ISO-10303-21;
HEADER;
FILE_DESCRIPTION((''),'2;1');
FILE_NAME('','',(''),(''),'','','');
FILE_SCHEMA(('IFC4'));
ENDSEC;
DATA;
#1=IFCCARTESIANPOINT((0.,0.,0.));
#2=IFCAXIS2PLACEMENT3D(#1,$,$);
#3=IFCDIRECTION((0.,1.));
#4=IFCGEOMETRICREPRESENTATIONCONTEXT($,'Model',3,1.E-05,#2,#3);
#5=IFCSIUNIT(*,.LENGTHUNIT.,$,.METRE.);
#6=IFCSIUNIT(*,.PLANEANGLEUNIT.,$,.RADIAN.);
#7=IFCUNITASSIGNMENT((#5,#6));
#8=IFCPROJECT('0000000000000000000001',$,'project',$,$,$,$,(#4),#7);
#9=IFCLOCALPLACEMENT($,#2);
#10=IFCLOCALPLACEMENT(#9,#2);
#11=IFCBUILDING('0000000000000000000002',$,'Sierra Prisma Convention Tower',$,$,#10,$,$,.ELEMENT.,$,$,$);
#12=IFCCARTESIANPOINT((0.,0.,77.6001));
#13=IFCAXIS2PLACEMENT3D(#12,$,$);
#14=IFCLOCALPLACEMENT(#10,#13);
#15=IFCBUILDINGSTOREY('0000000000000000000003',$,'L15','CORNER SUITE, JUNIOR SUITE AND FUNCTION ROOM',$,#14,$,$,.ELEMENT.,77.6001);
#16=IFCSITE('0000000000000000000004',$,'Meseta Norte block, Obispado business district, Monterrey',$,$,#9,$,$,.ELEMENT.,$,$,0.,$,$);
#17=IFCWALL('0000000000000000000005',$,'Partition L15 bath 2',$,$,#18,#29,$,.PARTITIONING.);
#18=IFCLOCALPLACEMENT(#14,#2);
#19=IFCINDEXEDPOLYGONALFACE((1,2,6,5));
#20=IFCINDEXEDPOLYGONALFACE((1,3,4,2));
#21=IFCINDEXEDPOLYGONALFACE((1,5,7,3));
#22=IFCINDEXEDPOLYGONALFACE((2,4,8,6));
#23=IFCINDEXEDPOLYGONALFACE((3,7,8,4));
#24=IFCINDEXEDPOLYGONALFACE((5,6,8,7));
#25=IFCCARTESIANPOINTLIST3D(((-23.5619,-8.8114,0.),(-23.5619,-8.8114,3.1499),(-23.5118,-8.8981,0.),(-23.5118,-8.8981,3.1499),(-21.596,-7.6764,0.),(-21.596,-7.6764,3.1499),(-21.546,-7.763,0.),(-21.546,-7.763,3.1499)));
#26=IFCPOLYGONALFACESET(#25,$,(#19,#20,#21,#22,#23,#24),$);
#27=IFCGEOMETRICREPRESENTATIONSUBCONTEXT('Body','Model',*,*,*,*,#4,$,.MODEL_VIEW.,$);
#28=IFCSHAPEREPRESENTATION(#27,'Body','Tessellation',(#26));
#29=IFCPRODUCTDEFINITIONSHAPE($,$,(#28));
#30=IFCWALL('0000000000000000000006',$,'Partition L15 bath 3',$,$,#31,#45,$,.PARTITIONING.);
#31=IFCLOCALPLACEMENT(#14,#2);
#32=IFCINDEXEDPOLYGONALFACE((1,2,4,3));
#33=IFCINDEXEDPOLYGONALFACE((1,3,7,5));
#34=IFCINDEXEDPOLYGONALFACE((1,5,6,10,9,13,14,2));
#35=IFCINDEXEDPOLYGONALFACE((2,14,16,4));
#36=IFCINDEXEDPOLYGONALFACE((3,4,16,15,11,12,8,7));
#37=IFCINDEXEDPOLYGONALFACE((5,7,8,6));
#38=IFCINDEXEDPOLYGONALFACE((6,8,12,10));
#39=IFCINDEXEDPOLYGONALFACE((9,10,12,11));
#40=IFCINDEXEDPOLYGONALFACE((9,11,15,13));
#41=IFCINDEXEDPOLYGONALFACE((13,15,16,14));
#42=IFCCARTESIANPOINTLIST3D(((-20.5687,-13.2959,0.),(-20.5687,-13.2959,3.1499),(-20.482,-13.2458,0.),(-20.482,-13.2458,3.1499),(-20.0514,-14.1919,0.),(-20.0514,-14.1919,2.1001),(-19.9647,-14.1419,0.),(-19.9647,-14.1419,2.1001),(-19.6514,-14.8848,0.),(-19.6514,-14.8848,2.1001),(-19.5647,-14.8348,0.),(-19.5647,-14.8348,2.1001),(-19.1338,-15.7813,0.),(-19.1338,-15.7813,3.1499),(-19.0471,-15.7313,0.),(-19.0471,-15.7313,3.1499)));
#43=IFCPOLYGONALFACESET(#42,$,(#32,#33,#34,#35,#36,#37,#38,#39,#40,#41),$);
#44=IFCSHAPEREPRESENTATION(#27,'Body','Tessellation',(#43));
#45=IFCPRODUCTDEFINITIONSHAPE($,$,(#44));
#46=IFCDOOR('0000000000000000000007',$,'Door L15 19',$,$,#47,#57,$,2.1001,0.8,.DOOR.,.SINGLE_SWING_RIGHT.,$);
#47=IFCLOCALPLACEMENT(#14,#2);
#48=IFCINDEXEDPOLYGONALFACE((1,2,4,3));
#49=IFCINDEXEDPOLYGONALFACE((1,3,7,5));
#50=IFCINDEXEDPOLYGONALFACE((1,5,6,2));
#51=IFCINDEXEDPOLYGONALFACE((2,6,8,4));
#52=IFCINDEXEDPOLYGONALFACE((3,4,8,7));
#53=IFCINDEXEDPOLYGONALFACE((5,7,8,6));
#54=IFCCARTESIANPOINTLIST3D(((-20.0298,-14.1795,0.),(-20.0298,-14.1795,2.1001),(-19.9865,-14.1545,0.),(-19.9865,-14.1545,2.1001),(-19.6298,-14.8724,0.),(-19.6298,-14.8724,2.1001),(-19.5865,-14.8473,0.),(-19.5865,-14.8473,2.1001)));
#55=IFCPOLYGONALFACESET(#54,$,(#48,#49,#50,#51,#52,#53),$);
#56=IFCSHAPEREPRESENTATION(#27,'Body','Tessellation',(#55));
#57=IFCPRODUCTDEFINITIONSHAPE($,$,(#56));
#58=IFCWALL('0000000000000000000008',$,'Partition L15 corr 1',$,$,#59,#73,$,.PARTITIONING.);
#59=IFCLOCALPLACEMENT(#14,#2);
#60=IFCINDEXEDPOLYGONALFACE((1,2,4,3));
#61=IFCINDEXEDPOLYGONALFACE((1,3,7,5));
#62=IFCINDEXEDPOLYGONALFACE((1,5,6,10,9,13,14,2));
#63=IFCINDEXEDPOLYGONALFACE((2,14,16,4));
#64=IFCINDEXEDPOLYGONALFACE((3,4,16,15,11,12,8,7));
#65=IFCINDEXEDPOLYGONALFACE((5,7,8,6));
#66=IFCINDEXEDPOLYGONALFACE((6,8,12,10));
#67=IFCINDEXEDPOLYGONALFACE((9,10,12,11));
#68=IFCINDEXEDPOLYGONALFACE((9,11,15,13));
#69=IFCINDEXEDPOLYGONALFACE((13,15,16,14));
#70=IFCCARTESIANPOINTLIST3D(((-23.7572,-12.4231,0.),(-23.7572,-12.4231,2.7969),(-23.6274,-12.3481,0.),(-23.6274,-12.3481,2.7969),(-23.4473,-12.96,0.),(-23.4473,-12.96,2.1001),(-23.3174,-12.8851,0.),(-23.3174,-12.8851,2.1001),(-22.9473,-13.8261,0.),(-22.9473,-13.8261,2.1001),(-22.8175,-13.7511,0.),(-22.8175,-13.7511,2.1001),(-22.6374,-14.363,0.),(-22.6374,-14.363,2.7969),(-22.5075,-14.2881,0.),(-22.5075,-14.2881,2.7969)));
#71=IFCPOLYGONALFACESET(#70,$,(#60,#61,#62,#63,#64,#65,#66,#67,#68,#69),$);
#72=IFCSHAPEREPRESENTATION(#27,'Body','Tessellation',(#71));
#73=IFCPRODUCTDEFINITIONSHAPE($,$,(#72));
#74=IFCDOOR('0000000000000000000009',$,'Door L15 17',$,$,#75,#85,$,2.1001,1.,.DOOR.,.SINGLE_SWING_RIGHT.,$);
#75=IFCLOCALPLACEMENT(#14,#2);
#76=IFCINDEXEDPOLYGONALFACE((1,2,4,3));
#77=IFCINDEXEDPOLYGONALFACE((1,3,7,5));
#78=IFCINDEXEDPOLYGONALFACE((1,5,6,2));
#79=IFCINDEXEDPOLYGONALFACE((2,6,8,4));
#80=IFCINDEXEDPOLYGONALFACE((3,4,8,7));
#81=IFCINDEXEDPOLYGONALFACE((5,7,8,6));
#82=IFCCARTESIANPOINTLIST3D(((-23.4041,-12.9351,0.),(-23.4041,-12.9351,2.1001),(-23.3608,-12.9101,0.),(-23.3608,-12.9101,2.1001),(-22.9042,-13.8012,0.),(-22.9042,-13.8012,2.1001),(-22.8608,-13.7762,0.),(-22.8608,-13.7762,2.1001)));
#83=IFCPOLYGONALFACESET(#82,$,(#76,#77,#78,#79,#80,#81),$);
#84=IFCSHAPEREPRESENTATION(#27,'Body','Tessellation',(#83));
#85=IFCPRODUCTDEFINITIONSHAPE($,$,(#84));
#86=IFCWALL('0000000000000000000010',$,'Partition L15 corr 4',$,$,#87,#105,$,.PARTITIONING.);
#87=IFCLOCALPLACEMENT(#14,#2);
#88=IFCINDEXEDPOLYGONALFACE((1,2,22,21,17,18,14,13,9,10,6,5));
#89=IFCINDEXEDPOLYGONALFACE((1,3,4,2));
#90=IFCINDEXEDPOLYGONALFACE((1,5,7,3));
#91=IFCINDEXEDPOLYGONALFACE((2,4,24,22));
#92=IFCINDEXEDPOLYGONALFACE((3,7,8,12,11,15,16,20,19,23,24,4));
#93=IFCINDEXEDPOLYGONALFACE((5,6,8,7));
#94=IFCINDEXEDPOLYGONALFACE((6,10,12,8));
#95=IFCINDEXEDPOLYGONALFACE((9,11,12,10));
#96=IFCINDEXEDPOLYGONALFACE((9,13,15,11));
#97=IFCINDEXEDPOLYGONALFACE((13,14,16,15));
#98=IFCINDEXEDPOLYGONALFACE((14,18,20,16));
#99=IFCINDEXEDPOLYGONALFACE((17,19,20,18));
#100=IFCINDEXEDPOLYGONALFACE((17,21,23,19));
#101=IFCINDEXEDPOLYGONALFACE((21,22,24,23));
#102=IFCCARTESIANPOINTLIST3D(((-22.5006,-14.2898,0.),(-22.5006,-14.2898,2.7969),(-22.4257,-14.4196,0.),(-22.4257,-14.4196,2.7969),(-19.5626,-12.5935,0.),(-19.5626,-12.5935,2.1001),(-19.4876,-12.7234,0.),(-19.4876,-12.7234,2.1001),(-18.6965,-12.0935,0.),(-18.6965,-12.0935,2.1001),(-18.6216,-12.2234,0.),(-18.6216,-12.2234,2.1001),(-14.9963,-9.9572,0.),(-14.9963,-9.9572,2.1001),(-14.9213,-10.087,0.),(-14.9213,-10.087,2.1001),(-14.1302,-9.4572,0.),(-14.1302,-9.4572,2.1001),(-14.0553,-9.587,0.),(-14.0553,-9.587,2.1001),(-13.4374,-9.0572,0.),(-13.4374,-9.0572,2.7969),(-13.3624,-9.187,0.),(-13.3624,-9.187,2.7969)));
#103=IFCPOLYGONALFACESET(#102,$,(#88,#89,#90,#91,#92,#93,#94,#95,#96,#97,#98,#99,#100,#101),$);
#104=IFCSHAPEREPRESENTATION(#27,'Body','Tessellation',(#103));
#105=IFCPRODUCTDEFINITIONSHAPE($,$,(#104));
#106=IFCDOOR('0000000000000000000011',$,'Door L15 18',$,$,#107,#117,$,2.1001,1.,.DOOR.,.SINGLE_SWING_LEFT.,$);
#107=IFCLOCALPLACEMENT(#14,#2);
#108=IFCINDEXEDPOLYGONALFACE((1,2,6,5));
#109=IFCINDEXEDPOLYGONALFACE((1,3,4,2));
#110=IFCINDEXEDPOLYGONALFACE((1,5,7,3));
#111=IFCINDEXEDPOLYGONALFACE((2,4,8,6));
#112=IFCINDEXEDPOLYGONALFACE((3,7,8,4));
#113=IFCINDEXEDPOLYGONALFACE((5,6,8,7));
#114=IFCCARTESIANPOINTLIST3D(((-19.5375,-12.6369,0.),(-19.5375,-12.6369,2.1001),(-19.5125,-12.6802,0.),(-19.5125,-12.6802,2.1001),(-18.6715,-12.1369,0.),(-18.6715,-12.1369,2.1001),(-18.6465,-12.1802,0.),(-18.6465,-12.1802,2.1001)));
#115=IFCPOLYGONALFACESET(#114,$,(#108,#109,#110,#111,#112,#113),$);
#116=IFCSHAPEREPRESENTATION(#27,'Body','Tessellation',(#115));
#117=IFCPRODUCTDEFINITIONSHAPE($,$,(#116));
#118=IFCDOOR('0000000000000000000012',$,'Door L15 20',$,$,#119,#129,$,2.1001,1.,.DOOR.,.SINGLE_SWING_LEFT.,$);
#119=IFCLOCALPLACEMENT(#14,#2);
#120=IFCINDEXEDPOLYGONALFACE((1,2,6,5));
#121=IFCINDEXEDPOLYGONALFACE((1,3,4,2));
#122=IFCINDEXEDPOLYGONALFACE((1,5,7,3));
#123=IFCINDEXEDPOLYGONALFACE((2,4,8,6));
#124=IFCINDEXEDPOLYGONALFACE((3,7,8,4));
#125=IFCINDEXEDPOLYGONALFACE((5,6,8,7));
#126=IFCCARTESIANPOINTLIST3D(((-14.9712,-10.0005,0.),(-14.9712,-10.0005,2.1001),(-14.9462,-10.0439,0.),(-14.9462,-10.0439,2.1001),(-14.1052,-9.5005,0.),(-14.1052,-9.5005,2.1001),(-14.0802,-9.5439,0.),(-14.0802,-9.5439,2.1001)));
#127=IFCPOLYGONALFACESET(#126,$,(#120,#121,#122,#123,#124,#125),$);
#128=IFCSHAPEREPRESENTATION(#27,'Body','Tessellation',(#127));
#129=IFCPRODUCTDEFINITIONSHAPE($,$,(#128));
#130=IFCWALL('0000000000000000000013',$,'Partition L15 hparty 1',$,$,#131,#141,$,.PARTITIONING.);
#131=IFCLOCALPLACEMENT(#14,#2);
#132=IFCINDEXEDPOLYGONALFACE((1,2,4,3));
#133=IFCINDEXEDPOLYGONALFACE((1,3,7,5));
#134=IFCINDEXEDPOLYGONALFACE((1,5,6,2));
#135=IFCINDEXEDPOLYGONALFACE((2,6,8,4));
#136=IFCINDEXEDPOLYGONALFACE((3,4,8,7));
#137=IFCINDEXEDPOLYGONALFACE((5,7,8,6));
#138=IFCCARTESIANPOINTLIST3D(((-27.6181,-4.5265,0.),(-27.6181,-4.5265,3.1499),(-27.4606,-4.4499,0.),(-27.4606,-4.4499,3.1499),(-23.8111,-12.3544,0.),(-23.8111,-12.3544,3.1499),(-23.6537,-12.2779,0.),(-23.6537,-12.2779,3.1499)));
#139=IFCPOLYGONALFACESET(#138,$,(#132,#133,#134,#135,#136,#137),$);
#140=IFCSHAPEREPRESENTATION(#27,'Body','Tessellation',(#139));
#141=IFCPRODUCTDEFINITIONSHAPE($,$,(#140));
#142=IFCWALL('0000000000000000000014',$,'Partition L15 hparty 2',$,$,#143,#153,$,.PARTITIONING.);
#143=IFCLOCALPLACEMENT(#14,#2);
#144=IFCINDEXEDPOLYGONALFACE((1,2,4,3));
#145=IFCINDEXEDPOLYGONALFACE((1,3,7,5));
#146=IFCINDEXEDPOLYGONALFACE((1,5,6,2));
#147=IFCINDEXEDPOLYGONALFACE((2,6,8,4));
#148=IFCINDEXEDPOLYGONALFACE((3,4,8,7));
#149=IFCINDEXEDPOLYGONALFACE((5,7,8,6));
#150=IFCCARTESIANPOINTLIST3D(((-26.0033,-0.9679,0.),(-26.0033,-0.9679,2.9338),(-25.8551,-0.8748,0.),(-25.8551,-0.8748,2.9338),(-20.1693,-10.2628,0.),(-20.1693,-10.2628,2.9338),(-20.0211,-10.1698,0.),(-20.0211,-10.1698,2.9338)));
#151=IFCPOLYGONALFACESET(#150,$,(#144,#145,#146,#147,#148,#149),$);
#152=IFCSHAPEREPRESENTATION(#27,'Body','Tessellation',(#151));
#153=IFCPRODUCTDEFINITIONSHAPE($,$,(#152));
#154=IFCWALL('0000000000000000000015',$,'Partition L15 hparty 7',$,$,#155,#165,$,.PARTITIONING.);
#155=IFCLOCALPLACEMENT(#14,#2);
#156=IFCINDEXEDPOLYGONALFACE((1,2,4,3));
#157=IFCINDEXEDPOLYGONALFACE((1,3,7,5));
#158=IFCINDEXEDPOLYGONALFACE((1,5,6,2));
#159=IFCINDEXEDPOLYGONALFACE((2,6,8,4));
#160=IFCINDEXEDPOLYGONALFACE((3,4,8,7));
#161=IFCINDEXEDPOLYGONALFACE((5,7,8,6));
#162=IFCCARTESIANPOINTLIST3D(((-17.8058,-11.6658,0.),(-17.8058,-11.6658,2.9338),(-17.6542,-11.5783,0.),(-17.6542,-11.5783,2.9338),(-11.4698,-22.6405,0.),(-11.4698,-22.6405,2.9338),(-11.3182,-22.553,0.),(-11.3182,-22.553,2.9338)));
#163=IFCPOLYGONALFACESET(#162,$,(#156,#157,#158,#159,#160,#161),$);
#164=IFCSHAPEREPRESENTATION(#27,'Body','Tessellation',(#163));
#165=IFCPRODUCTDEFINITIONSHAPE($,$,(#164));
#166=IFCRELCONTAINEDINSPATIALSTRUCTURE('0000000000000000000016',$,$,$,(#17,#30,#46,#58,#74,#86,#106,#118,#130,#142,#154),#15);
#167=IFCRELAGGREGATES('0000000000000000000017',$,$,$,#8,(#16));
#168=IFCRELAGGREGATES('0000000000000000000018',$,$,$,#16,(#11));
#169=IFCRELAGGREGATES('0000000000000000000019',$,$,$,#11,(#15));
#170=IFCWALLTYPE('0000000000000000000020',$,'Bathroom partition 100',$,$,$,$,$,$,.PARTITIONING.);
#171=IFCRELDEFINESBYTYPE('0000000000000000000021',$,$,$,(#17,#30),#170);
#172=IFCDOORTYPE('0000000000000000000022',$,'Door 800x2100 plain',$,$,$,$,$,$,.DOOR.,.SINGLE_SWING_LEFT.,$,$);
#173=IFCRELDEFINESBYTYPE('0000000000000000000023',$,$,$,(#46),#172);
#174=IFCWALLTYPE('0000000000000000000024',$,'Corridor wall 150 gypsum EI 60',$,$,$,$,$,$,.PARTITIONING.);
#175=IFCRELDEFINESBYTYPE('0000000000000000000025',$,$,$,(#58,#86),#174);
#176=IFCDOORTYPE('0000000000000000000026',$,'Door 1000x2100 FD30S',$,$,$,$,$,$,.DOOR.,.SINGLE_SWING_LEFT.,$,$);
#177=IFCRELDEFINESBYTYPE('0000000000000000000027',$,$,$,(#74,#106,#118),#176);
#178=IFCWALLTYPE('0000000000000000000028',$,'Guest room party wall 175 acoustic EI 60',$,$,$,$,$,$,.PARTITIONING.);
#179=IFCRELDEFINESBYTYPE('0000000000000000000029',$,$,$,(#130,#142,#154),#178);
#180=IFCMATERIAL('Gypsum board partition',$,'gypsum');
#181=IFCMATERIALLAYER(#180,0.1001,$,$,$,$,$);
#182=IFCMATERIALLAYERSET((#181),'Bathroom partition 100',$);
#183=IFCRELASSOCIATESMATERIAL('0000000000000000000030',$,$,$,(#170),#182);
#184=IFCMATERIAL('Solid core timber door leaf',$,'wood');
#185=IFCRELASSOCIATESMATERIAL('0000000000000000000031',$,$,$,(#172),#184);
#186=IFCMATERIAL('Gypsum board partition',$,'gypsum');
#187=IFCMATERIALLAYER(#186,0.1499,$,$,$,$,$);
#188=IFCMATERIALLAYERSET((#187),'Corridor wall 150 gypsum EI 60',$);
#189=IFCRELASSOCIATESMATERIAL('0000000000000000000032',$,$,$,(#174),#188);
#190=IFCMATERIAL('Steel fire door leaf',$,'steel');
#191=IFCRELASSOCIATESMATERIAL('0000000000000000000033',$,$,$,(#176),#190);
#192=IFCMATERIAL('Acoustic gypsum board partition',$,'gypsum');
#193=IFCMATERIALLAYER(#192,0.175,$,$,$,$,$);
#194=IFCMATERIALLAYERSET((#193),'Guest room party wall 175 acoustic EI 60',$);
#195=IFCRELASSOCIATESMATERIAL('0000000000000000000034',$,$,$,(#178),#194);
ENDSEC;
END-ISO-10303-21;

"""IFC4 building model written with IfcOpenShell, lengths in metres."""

from ifc_helpers import new_model, si_unit, direction, frame, frame_2d, origin, place, context, subcontext, project, spatial, rectangle, extrude, material, layer, layer_set, type_object, element, fill, save


model = new_model("IFC4")

# Units and contexts
model_context = context("Model", 3, precision=1e-05, world=origin(), true_north=direction((0.0, 1.0)))
body_context = subcontext(model_context, "Body", "Model", "MODEL_VIEW")
ifc_project = project(units=[si_unit("LENGTHUNIT", "METRE"), si_unit("PLANEANGLEUNIT", "RADIAN")], contexts=[model_context])

# Site, building, storey
site_placement = place(None, origin())
site = spatial("IfcSite", under=ifc_project, at=site_placement, Name="Meseta Norte block, Obispado business district, Monterrey", CompositionType="ELEMENT", RefElevation=0.0)
building_placement = place(site_placement, origin())
building = spatial("IfcBuilding", under=site, at=building_placement, Name="Sierra Prisma Convention Tower", CompositionType="ELEMENT")
storey_placement = place(building_placement, frame((0.0, 0.0, 77.6001)))
storey = spatial("IfcBuildingStorey", under=building, at=storey_placement, Name="L15", Description="CORNER SUITE, JUNIOR SUITE AND FUNCTION ROOM", CompositionType="ELEMENT", Elevation=77.6001)

# Shared definitions
ifc_material_1 = material(Name="Gypsum board partition", Category="gypsum")
ifc_layer_1 = layer(ifc_material_1, 0.1001)
ifc_layer_set_1 = layer_set([ifc_layer_1], Name="Bathroom partition 100")
wall_type_1 = type_object("IfcWallType", Name="Bathroom partition 100", PredefinedType="PARTITIONING", material=ifc_layer_set_1)
ifc_material_2 = material(Name="Solid core timber door leaf", Category="wood")
door_type_1 = type_object("IfcDoorType", Name="Door 800x2100 plain", OperationType="SINGLE_SWING_LEFT", PredefinedType="DOOR", material=ifc_material_2)

# Wall
wall_1_placement = place(storey_placement, frame((-23.5369, -8.8547, 0.0), z_axis=(0.0, 0.0, 1.0), x_axis=(0.866017, 0.500014, 0.0)))
element("IfcWall", 1, at=wall_1_placement, inside=storey, type_object=wall_type_1, Name="Partition L15 bath 2", PredefinedType="PARTITIONING", context=body_context, shape_type="SweptSolid", body=[
    extrude(rectangle(XDim=2.27, YDim=0.1001, at=frame_2d((1.135, 0.0))), origin(), (0.0, 0.0, 1.0), 3.1499),
])

# Walls, openings, doors
wall_2_placement = place(storey_placement, frame((-20.5254, -13.2708, 0.0), z_axis=(0.0, 0.0, 1.0), x_axis=(0.499973, -0.866041, 0.0)))
wall_2 = element("IfcWall", 2, at=wall_2_placement, inside=storey, type_object=wall_type_1, Name="Partition L15 bath 3", PredefinedType="PARTITIONING", context=body_context, shape_type="SweptSolid", body=[
    extrude(rectangle(XDim=2.8699, YDim=0.1001, at=frame_2d((1.4351, 0.0))), origin(), (0.0, 0.0, 1.0), 3.1499),
])
opening_1_placement = place(wall_2_placement, frame((1.0349, 0.0, 0.0)))
opening_1 = element("IfcOpeningElement", 3, at=opening_1_placement, cuts=wall_2, PredefinedType="OPENING", context=body_context, shape_type="SweptSolid", body=[
    extrude(rectangle(XDim=0.8, YDim=2.1001, at=frame_2d((0.3999, 1.05))), frame((0.0, 0.05, 0.0), z_axis=(0.0, -1.0, 0.0), x_axis=(1.0, 0.0, 0.0)), (0.0, 0.0, 1.0), 0.1001),
])
door_1_placement = place(opening_1_placement, origin())
door_1 = element("IfcDoor", 4, at=door_1_placement, inside=storey, type_object=door_type_1, Name="Door L15 19", OperationType="SINGLE_SWING_RIGHT", OverallHeight=2.1001, OverallWidth=0.8, PredefinedType="DOOR", context=body_context, shape_type="SweptSolid", body=[
    extrude(rectangle(XDim=0.8, YDim=2.1001, at=frame_2d((0.3999, 1.05))), frame((0.0, 0.0249, 0.0), z_axis=(0.0, -1.0, 0.0), x_axis=(1.0, 0.0, 0.0)), (0.0, 0.0, 1.0), 0.05),
])
fill(opening_1, door_1)
ifc_material_3 = material(Name="Gypsum board partition", Category="gypsum")
ifc_layer_2 = layer(ifc_material_3, 0.1499)
ifc_layer_set_2 = layer_set([ifc_layer_2], Name="Corridor wall 150 gypsum EI 60")
wall_type_2 = type_object("IfcWallType", Name="Corridor wall 150 gypsum EI 60", PredefinedType="PARTITIONING", material=ifc_layer_set_2)
wall_3_placement = place(storey_placement, frame((-23.6924, -12.3855, 0.0), z_axis=(0.0, 0.0, 1.0), x_axis=(0.499949, -0.866055, 0.0)))
wall_3 = element("IfcWall", 5, at=wall_3_placement, inside=storey, type_object=wall_type_2, Name="Partition L15 corr 1", PredefinedType="PARTITIONING", context=body_context, shape_type="SweptSolid", body=[
    extrude(rectangle(XDim=2.24, YDim=0.1499, at=frame_2d((1.1201, 0.0))), origin(), (0.0, 0.0, 1.0), 2.7969),
])
opening_2_placement = place(wall_3_placement, frame((0.6201, 0.0, 0.0)))
opening_2 = element("IfcOpeningElement", 6, at=opening_2_placement, cuts=wall_3, PredefinedType="OPENING", context=body_context, shape_type="SweptSolid", body=[
    extrude(rectangle(XDim=1.0, YDim=2.1001, at=frame_2d((0.5, 1.05))), frame((0.0, 0.075, 0.0), z_axis=(0.0, -1.0, 0.0), x_axis=(1.0, 0.0, 0.0)), (0.0, 0.0, 1.0), 0.1499),
])
ifc_material_4 = material(Name="Steel fire door leaf", Category="steel")
door_type_2 = type_object("IfcDoorType", Name="Door 1000x2100 FD30S", OperationType="SINGLE_SWING_LEFT", PredefinedType="DOOR", material=ifc_material_4)
door_2_placement = place(opening_2_placement, origin())
door_2 = element("IfcDoor", 7, at=door_2_placement, inside=storey, type_object=door_type_2, Name="Door L15 17", OperationType="SINGLE_SWING_RIGHT", OverallHeight=2.1001, OverallWidth=1.0, PredefinedType="DOOR", context=body_context, shape_type="SweptSolid", body=[
    extrude(rectangle(XDim=1.0, YDim=2.1001, at=frame_2d((0.5, 1.05))), frame((0.0, 0.0249, 0.0), z_axis=(0.0, -1.0, 0.0), x_axis=(1.0, 0.0, 0.0)), (0.0, 0.0, 1.0), 0.05),
])
fill(opening_2, door_2)

# Wall, openings, doors
wall_4_placement = place(storey_placement, frame((-22.4631, -14.3547, 0.0), z_axis=(0.0, 0.0, 1.0), x_axis=(0.866025, 0.5, 0.0)))
wall_4 = element("IfcWall", 8, at=wall_4_placement, inside=storey, type_object=wall_type_2, Name="Partition L15 corr 4", PredefinedType="PARTITIONING", context=body_context, shape_type="SweptSolid", body=[
    extrude(rectangle(XDim=10.4653, YDim=0.1499, at=frame_2d((5.2327, 0.0))), origin(), (0.0, 0.0, 1.0), 2.7969),
])
opening_3_placement = place(wall_4_placement, frame((3.3926, 0.0, 0.0)))
opening_3 = element("IfcOpeningElement", 9, at=opening_3_placement, cuts=wall_4, PredefinedType="OPENING", context=body_context, shape_type="SweptSolid", body=[
    extrude(rectangle(XDim=1.0, YDim=2.1001, at=frame_2d((0.5, 1.05))), frame((0.0, 0.075, 0.0), z_axis=(0.0, -1.0, 0.0), x_axis=(1.0, 0.0, 0.0)), (0.0, 0.0, 1.0), 0.1499),
])
opening_4_placement = place(wall_4_placement, frame((8.6653, 0.0, 0.0)))
opening_4 = element("IfcOpeningElement", 10, at=opening_4_placement, cuts=wall_4, PredefinedType="OPENING", context=body_context, shape_type="SweptSolid", body=[
    extrude(rectangle(XDim=1.0, YDim=2.1001, at=frame_2d((0.5, 1.05))), frame((0.0, 0.075, 0.0), z_axis=(0.0, -1.0, 0.0), x_axis=(1.0, 0.0, 0.0)), (0.0, 0.0, 1.0), 0.1499),
])
door_3_placement = place(opening_3_placement, origin())
door_3 = element("IfcDoor", 11, at=door_3_placement, inside=storey, type_object=door_type_2, Name="Door L15 18", OperationType="SINGLE_SWING_LEFT", OverallHeight=2.1001, OverallWidth=1.0, PredefinedType="DOOR", context=body_context, shape_type="SweptSolid", body=[
    extrude(rectangle(XDim=1.0, YDim=2.1001, at=frame_2d((0.5, 1.05))), frame((0.0, 0.0249, 0.0), z_axis=(0.0, -1.0, 0.0), x_axis=(1.0, 0.0, 0.0)), (0.0, 0.0, 1.0), 0.05),
])
fill(opening_3, door_3)
door_4_placement = place(opening_4_placement, origin())
door_4 = element("IfcDoor", 12, at=door_4_placement, inside=storey, type_object=door_type_2, Name="Door L15 20", OperationType="SINGLE_SWING_LEFT", OverallHeight=2.1001, OverallWidth=1.0, PredefinedType="DOOR", context=body_context, shape_type="SweptSolid", body=[
    extrude(rectangle(XDim=1.0, YDim=2.1001, at=frame_2d((0.5, 1.05))), frame((0.0, 0.0249, 0.0), z_axis=(0.0, -1.0, 0.0), x_axis=(1.0, 0.0, 0.0)), (0.0, 0.0, 1.0), 0.05),
])
fill(opening_4, door_4)

# Walls
ifc_material_5 = material(Name="Acoustic gypsum board partition", Category="gypsum")
ifc_layer_3 = layer(ifc_material_5, 0.175)
ifc_layer_set_3 = layer_set([ifc_layer_3], Name="Guest room party wall 175 acoustic EI 60")
wall_type_3 = type_object("IfcWallType", Name="Guest room party wall 175 acoustic EI 60", PredefinedType="PARTITIONING", material=ifc_layer_set_3)
wall_5_placement = place(storey_placement, frame((-23.7324, -12.3162, 0.0), z_axis=(0.0, 0.0, 1.0), x_axis=(-0.437347, 0.899293, 0.0)))
element("IfcWall", 13, at=wall_5_placement, inside=storey, type_object=wall_type_3, Name="Partition L15 hparty 1", PredefinedType="PARTITIONING", context=body_context, shape_type="SweptSolid", body=[
    extrude(rectangle(XDim=8.7046, YDim=0.175, at=frame_2d((4.3523, 0.0))), origin(), (0.0, 0.0, 1.0), 3.1499),
])
wall_6_placement = place(storey_placement, frame((-20.0952, -10.2163, 0.0), z_axis=(0.0, 0.0, 1.0), x_axis=(-0.531614, 0.846987, 0.0)))
element("IfcWall", 14, at=wall_6_placement, inside=storey, type_object=wall_type_3, Name="Partition L15 hparty 2", PredefinedType="PARTITIONING", context=body_context, shape_type="SweptSolid", body=[
    extrude(rectangle(XDim=10.9741, YDim=0.175, at=frame_2d((5.4871, 0.0))), origin(), (0.0, 0.0, 1.0), 2.9338),
])
wall_7_placement = place(storey_placement, frame((-17.73, -11.6221, 0.0), z_axis=(0.0, 0.0, 1.0), x_axis=(0.499985, -0.866034, 0.0)))
element("IfcWall", 15, at=wall_7_placement, inside=storey, type_object=wall_type_3, Name="Partition L15 hparty 7", PredefinedType="PARTITIONING", context=body_context, shape_type="SweptSolid", body=[
    extrude(rectangle(XDim=12.6724, YDim=0.175, at=frame_2d((6.3362, 0.0))), origin(), (0.0, 0.0, 1.0), 2.9338),
])

save(model, "model.ifc")
